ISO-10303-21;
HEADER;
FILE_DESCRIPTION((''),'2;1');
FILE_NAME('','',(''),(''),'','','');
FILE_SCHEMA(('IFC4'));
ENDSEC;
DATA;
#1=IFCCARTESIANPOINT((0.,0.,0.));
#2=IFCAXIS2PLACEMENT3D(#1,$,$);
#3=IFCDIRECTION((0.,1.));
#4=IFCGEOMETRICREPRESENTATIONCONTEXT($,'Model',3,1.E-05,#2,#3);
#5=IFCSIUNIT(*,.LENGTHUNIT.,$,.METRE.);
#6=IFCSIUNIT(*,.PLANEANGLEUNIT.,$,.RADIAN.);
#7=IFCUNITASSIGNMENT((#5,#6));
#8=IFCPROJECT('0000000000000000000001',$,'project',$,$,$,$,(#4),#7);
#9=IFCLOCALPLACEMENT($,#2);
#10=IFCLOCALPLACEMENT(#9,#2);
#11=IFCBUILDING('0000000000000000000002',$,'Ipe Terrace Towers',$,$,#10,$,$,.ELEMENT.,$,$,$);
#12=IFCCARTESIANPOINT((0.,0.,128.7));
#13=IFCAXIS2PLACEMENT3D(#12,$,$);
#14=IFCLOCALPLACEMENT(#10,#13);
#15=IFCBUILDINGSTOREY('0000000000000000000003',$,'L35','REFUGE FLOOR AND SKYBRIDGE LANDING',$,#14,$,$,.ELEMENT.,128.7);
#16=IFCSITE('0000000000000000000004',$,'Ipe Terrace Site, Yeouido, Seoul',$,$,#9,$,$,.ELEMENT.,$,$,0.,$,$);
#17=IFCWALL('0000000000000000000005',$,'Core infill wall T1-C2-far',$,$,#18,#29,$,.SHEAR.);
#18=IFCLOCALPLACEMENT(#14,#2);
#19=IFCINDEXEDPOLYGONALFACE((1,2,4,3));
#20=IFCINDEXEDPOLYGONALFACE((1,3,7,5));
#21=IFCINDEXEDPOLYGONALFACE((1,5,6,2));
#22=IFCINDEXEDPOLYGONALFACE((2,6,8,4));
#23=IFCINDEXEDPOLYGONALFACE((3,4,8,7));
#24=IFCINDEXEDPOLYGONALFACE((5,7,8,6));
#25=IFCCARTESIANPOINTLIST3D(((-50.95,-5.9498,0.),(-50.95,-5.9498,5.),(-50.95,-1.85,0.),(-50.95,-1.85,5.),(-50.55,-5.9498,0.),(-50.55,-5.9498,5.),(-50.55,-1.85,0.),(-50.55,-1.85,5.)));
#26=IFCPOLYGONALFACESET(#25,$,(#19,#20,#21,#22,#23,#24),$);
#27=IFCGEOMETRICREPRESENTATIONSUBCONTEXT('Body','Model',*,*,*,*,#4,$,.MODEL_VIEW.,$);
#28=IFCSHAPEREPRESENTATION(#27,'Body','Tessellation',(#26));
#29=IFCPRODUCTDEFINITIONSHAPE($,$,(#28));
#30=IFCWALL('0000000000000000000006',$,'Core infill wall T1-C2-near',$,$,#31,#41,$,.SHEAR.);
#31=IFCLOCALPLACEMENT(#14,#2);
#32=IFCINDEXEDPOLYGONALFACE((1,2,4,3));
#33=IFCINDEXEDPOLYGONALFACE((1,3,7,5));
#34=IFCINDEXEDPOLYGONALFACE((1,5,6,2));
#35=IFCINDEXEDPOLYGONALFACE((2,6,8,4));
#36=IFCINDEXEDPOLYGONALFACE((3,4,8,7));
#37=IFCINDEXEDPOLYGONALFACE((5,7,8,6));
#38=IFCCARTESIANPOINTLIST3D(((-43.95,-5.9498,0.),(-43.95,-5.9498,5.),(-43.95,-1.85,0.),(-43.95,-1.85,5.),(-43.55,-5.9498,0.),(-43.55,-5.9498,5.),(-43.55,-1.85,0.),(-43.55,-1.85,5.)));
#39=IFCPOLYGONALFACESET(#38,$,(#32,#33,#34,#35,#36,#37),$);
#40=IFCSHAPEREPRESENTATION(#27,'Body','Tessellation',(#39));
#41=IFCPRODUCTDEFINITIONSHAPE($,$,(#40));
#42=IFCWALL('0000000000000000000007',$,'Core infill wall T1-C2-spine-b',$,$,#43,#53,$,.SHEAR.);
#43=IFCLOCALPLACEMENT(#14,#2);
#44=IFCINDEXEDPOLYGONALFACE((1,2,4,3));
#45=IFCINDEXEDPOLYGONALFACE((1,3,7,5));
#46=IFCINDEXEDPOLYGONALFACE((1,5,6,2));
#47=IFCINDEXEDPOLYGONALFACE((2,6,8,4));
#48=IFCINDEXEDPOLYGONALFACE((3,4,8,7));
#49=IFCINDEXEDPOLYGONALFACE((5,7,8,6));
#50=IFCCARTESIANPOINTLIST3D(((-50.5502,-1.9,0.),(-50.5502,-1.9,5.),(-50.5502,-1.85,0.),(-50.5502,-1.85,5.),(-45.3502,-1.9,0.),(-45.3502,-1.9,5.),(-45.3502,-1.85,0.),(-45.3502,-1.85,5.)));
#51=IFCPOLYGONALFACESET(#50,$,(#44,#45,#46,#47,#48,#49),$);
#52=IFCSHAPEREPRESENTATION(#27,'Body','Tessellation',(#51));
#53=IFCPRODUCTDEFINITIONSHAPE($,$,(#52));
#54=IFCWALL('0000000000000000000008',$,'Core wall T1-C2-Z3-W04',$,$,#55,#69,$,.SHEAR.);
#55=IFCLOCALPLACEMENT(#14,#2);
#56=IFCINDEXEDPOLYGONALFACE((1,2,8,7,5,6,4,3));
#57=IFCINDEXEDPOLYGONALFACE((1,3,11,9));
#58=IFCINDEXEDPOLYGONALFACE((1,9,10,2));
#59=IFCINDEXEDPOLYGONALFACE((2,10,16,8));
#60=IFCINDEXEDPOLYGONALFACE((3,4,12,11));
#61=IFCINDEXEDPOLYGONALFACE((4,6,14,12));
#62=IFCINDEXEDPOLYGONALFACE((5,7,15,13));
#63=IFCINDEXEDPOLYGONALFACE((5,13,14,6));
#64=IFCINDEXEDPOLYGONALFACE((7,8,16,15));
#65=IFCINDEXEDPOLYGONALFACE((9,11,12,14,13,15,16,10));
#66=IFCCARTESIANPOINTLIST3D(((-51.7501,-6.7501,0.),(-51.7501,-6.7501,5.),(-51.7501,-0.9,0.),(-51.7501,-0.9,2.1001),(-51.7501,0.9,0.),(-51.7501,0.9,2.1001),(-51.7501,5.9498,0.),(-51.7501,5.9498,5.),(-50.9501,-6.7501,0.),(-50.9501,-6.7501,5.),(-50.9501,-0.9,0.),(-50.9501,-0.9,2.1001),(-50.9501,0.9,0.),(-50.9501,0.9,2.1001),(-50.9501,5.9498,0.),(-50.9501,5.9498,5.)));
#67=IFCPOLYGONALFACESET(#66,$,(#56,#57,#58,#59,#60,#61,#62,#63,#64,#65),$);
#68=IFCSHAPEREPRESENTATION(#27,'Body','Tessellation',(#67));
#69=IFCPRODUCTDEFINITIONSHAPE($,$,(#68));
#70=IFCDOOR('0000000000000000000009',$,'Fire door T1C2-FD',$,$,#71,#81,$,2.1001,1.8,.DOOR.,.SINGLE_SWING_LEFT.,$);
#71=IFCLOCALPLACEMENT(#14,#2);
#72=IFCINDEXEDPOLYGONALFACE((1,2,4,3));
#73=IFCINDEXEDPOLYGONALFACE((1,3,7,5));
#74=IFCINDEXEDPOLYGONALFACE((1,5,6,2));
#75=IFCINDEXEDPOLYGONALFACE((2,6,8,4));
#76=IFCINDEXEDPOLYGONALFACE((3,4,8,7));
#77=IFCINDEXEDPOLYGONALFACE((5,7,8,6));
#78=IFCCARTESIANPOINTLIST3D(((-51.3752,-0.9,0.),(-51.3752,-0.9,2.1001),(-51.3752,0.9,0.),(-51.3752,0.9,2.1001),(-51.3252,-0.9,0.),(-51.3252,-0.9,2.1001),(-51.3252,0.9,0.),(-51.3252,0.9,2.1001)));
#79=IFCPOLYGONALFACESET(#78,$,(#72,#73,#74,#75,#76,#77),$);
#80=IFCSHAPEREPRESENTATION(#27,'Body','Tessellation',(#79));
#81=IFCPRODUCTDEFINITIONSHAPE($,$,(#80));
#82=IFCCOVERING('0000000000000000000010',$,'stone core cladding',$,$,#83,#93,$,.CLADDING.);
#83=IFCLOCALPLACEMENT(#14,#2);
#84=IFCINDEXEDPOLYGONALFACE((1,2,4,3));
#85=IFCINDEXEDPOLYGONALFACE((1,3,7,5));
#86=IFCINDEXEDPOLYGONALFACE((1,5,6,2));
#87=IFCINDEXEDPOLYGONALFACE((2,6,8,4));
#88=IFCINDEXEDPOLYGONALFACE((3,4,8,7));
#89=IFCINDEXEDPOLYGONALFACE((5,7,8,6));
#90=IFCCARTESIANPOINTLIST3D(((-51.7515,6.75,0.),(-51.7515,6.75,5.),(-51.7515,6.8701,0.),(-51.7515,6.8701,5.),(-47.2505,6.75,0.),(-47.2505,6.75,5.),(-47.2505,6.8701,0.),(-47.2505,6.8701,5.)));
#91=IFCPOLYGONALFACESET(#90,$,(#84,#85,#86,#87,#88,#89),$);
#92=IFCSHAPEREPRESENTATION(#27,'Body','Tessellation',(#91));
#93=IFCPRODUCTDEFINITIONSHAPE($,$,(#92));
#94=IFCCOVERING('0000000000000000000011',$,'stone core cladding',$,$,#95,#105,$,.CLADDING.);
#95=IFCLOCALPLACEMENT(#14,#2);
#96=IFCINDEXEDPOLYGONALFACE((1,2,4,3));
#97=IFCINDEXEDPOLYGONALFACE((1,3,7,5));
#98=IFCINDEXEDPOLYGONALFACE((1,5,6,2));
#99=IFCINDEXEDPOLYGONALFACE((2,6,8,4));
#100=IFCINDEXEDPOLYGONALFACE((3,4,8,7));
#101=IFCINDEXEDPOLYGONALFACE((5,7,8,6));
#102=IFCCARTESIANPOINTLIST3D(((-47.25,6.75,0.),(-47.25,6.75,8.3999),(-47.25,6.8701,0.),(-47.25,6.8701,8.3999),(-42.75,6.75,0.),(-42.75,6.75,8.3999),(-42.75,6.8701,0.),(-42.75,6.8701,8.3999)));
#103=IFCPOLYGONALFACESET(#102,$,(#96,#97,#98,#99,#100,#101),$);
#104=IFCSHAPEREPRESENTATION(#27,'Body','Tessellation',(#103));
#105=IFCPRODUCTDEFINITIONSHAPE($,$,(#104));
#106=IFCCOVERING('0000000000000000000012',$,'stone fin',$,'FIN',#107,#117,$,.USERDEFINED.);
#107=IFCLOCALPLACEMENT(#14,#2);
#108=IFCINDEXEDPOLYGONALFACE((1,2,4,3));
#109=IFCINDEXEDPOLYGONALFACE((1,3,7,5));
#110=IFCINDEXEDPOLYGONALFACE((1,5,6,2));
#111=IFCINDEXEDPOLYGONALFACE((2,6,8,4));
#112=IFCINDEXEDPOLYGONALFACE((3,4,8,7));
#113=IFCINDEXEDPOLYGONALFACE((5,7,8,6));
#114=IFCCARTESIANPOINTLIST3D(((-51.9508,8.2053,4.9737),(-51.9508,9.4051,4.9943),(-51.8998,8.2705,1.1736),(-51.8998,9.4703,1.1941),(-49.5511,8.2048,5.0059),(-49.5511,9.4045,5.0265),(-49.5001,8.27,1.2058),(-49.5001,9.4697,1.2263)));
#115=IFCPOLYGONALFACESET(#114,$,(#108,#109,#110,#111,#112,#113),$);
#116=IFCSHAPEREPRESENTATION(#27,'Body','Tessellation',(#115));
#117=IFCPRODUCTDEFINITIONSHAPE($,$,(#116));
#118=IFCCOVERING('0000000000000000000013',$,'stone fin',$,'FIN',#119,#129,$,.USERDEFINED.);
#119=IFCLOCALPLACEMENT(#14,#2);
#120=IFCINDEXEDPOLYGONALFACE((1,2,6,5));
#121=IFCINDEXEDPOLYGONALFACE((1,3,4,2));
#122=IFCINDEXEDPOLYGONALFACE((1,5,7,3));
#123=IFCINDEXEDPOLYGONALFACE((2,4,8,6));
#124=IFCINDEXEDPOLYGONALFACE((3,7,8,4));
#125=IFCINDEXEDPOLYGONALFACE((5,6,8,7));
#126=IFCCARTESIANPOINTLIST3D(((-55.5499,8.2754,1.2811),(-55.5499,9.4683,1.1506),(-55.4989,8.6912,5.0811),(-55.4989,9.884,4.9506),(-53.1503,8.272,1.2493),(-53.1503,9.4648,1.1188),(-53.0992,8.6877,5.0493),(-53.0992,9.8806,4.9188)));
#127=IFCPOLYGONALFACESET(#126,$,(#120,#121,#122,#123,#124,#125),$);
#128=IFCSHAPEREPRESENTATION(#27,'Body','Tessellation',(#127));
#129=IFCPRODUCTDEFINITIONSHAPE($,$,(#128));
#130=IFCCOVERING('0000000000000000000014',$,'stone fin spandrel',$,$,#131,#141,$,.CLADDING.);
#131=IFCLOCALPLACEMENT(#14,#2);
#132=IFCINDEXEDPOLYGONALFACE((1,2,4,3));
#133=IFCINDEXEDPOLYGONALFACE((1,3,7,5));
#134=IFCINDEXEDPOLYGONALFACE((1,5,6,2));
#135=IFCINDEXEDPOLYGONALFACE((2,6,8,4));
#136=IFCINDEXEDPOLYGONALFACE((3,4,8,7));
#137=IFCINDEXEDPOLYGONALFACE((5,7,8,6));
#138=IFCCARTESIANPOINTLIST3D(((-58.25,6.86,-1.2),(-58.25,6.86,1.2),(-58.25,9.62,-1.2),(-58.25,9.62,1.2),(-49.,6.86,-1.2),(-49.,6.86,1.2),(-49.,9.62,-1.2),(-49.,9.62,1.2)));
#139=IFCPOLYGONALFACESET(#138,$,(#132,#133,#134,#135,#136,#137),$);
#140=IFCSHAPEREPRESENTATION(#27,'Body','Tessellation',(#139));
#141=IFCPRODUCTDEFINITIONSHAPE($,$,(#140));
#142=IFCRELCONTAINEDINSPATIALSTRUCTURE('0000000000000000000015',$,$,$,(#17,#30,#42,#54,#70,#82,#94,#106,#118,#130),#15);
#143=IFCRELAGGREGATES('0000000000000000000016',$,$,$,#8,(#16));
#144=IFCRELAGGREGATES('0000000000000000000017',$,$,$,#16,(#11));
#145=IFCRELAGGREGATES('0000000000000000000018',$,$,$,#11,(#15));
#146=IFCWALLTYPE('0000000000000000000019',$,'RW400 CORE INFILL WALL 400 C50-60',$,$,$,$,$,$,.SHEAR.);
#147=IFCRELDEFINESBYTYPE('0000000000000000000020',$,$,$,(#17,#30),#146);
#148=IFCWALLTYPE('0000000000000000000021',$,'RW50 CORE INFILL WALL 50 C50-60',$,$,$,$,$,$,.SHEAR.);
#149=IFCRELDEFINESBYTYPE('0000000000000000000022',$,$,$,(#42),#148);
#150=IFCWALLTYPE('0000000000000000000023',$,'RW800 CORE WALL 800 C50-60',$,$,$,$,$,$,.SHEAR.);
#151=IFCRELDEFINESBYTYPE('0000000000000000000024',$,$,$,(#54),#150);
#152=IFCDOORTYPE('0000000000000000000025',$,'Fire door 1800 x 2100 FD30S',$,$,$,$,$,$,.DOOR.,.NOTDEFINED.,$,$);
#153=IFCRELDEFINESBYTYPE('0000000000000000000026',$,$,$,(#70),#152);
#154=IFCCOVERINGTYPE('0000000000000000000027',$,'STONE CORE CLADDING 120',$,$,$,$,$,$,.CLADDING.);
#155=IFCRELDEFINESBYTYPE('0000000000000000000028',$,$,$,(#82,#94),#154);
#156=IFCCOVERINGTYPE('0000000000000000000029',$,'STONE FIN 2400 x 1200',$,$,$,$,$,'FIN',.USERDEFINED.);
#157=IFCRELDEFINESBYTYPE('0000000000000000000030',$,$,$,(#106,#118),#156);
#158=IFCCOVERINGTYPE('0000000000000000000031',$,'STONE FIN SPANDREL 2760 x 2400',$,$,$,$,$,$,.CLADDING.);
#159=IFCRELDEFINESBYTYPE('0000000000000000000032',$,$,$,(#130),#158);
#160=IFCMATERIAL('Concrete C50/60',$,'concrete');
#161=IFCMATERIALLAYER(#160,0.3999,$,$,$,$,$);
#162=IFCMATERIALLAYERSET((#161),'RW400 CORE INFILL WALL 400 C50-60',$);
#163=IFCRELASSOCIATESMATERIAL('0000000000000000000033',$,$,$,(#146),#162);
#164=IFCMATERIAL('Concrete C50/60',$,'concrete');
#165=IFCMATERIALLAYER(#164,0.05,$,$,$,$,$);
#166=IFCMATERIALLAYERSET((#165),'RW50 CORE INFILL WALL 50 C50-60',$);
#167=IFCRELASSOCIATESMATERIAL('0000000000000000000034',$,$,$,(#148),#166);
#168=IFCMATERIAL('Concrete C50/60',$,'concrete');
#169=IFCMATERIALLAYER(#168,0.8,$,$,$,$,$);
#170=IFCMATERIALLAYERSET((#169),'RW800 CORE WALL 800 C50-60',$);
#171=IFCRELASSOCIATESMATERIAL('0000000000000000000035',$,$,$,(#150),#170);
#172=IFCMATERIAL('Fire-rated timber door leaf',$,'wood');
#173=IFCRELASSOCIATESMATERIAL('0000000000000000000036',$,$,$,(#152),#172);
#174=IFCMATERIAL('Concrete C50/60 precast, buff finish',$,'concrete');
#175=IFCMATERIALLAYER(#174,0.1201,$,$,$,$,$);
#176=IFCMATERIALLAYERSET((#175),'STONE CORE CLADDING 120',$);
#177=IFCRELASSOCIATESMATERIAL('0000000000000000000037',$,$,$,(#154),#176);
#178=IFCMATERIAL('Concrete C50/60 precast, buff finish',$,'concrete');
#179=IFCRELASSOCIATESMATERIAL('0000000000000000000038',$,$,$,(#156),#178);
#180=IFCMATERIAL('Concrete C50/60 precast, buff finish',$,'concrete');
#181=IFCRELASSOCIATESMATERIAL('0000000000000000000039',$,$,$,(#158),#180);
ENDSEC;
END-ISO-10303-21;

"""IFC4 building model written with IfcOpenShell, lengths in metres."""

from ifc_helpers import new_model, si_unit, direction, frame, frame_2d, origin, origin_2d, place, context, subcontext, project, spatial, rectangle, extrude, material, layer, layer_set, material_profile, profile_set, type_object, element, fill, save


model = new_model("IFC4")

# Units and contexts
model_context = context("Model", 3, precision=1e-05, world=origin(), true_north=direction((0.0, 1.0)))
body_context = subcontext(model_context, "Body", "Model", "MODEL_VIEW")
ifc_project = project(units=[si_unit("LENGTHUNIT", "METRE"), si_unit("PLANEANGLEUNIT", "RADIAN")], contexts=[model_context])

# Site, building, storey
site_placement = place(None, origin())
site = spatial("IfcSite", under=ifc_project, at=site_placement, Name="Ipe Terrace Site, Yeouido, Seoul", CompositionType="ELEMENT", RefElevation=0.0)
building_placement = place(site_placement, origin())
building = spatial("IfcBuilding", under=site, at=building_placement, Name="Ipe Terrace Towers", CompositionType="ELEMENT")
storey_placement = place(building_placement, frame((0.0, 0.0, 128.7)))
storey = spatial("IfcBuildingStorey", under=building, at=storey_placement, Name="L35", Description="REFUGE FLOOR AND SKYBRIDGE LANDING", CompositionType="ELEMENT", Elevation=128.7)

# Walls
ifc_material_1 = material(Name="Concrete C50/60", Category="concrete")
ifc_layer_1 = layer(ifc_material_1, 0.3999)
ifc_layer_set_1 = layer_set([ifc_layer_1], Name="RW400 CORE INFILL WALL 400 C50-60")
wall_type_1 = type_object("IfcWallType", Name="RW400 CORE INFILL WALL 400 C50-60", PredefinedType="SHEAR", material=ifc_layer_set_1)
for number, where, z_axis, x_axis, name in (
    (1, (-50.75, -1.8501, 0.0), (0.0, 0.0, 1.0), (0.0, -1.0, 0.0), "Core infill wall T1-C2-far"),
    (2, (-43.75, -1.8501, 0.0), (0.0, 0.0, 1.0), (0.0, -1.0, 0.0), "Core infill wall T1-C2-near"),
):
    element("IfcWall", number, at=place(storey_placement, frame(where, z_axis=z_axis, x_axis=x_axis)), inside=storey, type_object=wall_type_1, Name=name, PredefinedType="SHEAR", context=body_context, shape_type="SweptSolid", body=[
        extrude(rectangle(XDim=4.0999, YDim=0.3999, at=frame_2d((2.0498, 0.0))), origin(), (0.0, 0.0, 1.0), 5.0),
    ])
ifc_material_2 = material(Name="Concrete C50/60", Category="concrete")
ifc_layer_2 = layer(ifc_material_2, 0.05)
ifc_layer_set_2 = layer_set([ifc_layer_2], Name="RW50 CORE INFILL WALL 50 C50-60")
wall_type_2 = type_object("IfcWallType", Name="RW50 CORE INFILL WALL 50 C50-60", PredefinedType="SHEAR", material=ifc_layer_set_2)
wall_1_placement = place(storey_placement, frame((-45.3501, -1.875, 0.0), z_axis=(0.0, 0.0, 1.0), x_axis=(-1.0, 0.0, 0.0)))
element("IfcWall", 3, at=wall_1_placement, inside=storey, type_object=wall_type_2, Name="Core infill wall T1-C2-spine-b", PredefinedType="SHEAR", context=body_context, shape_type="SweptSolid", body=[
    extrude(rectangle(XDim=5.2, YDim=0.05, at=frame_2d((2.6001, 0.0))), origin(), (0.0, 0.0, 1.0), 5.0),
])

# Wall, opening, door
ifc_material_3 = material(Name="Concrete C50/60", Category="concrete")
ifc_layer_3 = layer(ifc_material_3, 0.8)
ifc_layer_set_3 = layer_set([ifc_layer_3], Name="RW800 CORE WALL 800 C50-60")
wall_type_3 = type_object("IfcWallType", Name="RW800 CORE WALL 800 C50-60", PredefinedType="SHEAR", material=ifc_layer_set_3)
wall_2_placement = place(storey_placement, frame((-51.3501, 5.95, 0.0), z_axis=(0.0, 0.0, 1.0), x_axis=(0.0, -1.0, 0.0)))
wall_2 = element("IfcWall", 4, at=wall_2_placement, inside=storey, type_object=wall_type_3, Name="Core wall T1-C2-Z3-W04", PredefinedType="SHEAR", context=body_context, shape_type="SweptSolid", body=[
    extrude(rectangle(XDim=12.7, YDim=0.8, at=frame_2d((6.3501, 0.0))), origin(), (0.0, 0.0, 1.0), 5.0),
])
opening_1_placement = place(wall_2_placement, frame((5.05, 0.0, 0.0)))
opening_1 = element("IfcOpeningElement", 5, at=opening_1_placement, cuts=wall_2, PredefinedType="OPENING", context=body_context, shape_type="SweptSolid", body=[
    extrude(rectangle(XDim=1.8, YDim=2.1001, at=frame_2d((0.8999, 1.05))), frame((0.0, 0.4102, 0.0), z_axis=(0.0, -1.0, 0.0), x_axis=(1.0, 0.0, 0.0)), (0.0, 0.0, 1.0), 0.8201),
])
ifc_material_4 = material(Name="Fire-rated timber door leaf", Category="wood")
door_type_1 = type_object("IfcDoorType", Name="Fire door 1800 x 2100 FD30S", OperationType="NOTDEFINED", PredefinedType="DOOR", material=ifc_material_4)
door_1_placement = place(opening_1_placement, origin())
door_1 = element("IfcDoor", 6, at=door_1_placement, inside=storey, type_object=door_type_1, Name="Fire door T1C2-FD", OperationType="SINGLE_SWING_LEFT", OverallHeight=2.1001, OverallWidth=1.8, PredefinedType="DOOR", context=body_context, shape_type="SweptSolid", body=[
    extrude(rectangle(XDim=1.8, YDim=2.1001, at=frame_2d((0.8999, 1.05))), frame((0.0, 0.0249, 0.0), z_axis=(0.0, -1.0, 0.0), x_axis=(1.0, 0.0, 0.0)), (0.0, 0.0, 1.0), 0.05),
])
fill(opening_1, door_1)

# Coverings
ifc_material_5 = material(Name="Concrete C50/60 precast, buff finish", Category="concrete")
ifc_layer_4 = layer(ifc_material_5, 0.1201)
ifc_layer_set_4 = layer_set([ifc_layer_4], Name="STONE CORE CLADDING 120")
covering_type_1 = type_object("IfcCoveringType", Name="STONE CORE CLADDING 120", PredefinedType="CLADDING", material=ifc_layer_set_4)
covering_1_placement = place(storey_placement, frame((-49.501, 6.8101, 0.0), z_axis=(0.0, 0.0, 1.0), x_axis=(-1.0, 0.0, 0.0)))
element("IfcCovering", 7, at=covering_1_placement, inside=storey, type_object=covering_type_1, Name="stone core cladding", PredefinedType="CLADDING", context=body_context, shape_type="SweptSolid", body=[
    extrude(rectangle(XDim=4.501, YDim=0.1201, at=origin_2d()), origin(), (0.0, 0.0, 1.0), 5.0),
])
covering_2_placement = place(storey_placement, frame((-45.0, 6.8101, 0.0), z_axis=(0.0, 0.0, 1.0), x_axis=(-1.0, 0.0, 0.0)))
element("IfcCovering", 8, at=covering_2_placement, inside=storey, type_object=covering_type_1, Name="stone core cladding", PredefinedType="CLADDING", context=body_context, shape_type="SweptSolid", body=[
    extrude(rectangle(XDim=4.5, YDim=0.1201, at=origin_2d()), origin(), (0.0, 0.0, 1.0), 8.3999),
])
ifc_material_6 = material(Name="Concrete C50/60 precast, buff finish", Category="concrete")
ifc_material_profile_1 = material_profile(ifc_material_6, rectangle(XDim=2.3999, YDim=1.2, at=origin_2d()), Name="STONE FIN 2400 x 1200")
ifc_profile_set_1 = profile_set([ifc_material_profile_1], Name="Concrete C50/60 precast, buff finish")
covering_type_2 = type_object("IfcCoveringType", Name="STONE FIN 2400 x 1200", ElementType="FIN", PredefinedType="USERDEFINED", material=ifc_profile_set_1)
covering_3_placement = place(storey_placement, frame((-50.7, 8.8701, 1.2), z_axis=(-0.013424, -0.01715, 0.999763), x_axis=(-0.99991, 0.00023, -0.013422)))
element("IfcCovering", 9, at=covering_3_placement, inside=storey, type_object=covering_type_2, Name="stone fin", ObjectType="FIN", PredefinedType="USERDEFINED", context=body_context, shape_type="SweptSolid", body=[
    extrude(rectangle(XDim=2.3999, YDim=1.2, at=origin_2d()), origin(), (0.0, 0.0, 1.0), 3.801),
])
covering_4_placement = place(storey_placement, frame((-54.3501, 8.8701, 1.2), z_axis=(0.013347, 0.108753, 0.993979), x_axis=(-0.999911, 0.001452, 0.013268)))
element("IfcCovering", 10, at=covering_4_placement, inside=storey, type_object=covering_type_2, Name="stone fin", ObjectType="FIN", PredefinedType="USERDEFINED", context=body_context, shape_type="SweptSolid", body=[
    extrude(rectangle(XDim=2.3999, YDim=1.2, at=origin_2d()), origin(), (0.0, 0.0, 1.0), 3.823),
])
ifc_material_7 = material(Name="Concrete C50/60 precast, buff finish", Category="concrete")
ifc_material_profile_2 = material_profile(ifc_material_7, rectangle(XDim=2.76, YDim=2.3999, at=origin_2d()), Name="STONE FIN SPANDREL 2760 x 2400")
ifc_profile_set_2 = profile_set([ifc_material_profile_2], Name="Concrete C50/60 precast, buff finish")
covering_type_3 = type_object("IfcCoveringType", Name="STONE FIN SPANDREL 2760 x 2400", PredefinedType="CLADDING", material=ifc_profile_set_2)
covering_5_placement = place(storey_placement, frame((-49.0, 8.24, 0.0), z_axis=(-1.0, 0.0, 0.0), x_axis=(0.0, 1.0, 0.0)))
element("IfcCovering", 11, at=covering_5_placement, inside=storey, type_object=covering_type_3, Name="stone fin spandrel", PredefinedType="CLADDING", context=body_context, shape_type="SweptSolid", body=[
    extrude(rectangle(XDim=2.76, YDim=2.3999, at=origin_2d()), origin(), (0.0, 0.0, 1.0), 9.25),
])

save(model, "model.ifc")
